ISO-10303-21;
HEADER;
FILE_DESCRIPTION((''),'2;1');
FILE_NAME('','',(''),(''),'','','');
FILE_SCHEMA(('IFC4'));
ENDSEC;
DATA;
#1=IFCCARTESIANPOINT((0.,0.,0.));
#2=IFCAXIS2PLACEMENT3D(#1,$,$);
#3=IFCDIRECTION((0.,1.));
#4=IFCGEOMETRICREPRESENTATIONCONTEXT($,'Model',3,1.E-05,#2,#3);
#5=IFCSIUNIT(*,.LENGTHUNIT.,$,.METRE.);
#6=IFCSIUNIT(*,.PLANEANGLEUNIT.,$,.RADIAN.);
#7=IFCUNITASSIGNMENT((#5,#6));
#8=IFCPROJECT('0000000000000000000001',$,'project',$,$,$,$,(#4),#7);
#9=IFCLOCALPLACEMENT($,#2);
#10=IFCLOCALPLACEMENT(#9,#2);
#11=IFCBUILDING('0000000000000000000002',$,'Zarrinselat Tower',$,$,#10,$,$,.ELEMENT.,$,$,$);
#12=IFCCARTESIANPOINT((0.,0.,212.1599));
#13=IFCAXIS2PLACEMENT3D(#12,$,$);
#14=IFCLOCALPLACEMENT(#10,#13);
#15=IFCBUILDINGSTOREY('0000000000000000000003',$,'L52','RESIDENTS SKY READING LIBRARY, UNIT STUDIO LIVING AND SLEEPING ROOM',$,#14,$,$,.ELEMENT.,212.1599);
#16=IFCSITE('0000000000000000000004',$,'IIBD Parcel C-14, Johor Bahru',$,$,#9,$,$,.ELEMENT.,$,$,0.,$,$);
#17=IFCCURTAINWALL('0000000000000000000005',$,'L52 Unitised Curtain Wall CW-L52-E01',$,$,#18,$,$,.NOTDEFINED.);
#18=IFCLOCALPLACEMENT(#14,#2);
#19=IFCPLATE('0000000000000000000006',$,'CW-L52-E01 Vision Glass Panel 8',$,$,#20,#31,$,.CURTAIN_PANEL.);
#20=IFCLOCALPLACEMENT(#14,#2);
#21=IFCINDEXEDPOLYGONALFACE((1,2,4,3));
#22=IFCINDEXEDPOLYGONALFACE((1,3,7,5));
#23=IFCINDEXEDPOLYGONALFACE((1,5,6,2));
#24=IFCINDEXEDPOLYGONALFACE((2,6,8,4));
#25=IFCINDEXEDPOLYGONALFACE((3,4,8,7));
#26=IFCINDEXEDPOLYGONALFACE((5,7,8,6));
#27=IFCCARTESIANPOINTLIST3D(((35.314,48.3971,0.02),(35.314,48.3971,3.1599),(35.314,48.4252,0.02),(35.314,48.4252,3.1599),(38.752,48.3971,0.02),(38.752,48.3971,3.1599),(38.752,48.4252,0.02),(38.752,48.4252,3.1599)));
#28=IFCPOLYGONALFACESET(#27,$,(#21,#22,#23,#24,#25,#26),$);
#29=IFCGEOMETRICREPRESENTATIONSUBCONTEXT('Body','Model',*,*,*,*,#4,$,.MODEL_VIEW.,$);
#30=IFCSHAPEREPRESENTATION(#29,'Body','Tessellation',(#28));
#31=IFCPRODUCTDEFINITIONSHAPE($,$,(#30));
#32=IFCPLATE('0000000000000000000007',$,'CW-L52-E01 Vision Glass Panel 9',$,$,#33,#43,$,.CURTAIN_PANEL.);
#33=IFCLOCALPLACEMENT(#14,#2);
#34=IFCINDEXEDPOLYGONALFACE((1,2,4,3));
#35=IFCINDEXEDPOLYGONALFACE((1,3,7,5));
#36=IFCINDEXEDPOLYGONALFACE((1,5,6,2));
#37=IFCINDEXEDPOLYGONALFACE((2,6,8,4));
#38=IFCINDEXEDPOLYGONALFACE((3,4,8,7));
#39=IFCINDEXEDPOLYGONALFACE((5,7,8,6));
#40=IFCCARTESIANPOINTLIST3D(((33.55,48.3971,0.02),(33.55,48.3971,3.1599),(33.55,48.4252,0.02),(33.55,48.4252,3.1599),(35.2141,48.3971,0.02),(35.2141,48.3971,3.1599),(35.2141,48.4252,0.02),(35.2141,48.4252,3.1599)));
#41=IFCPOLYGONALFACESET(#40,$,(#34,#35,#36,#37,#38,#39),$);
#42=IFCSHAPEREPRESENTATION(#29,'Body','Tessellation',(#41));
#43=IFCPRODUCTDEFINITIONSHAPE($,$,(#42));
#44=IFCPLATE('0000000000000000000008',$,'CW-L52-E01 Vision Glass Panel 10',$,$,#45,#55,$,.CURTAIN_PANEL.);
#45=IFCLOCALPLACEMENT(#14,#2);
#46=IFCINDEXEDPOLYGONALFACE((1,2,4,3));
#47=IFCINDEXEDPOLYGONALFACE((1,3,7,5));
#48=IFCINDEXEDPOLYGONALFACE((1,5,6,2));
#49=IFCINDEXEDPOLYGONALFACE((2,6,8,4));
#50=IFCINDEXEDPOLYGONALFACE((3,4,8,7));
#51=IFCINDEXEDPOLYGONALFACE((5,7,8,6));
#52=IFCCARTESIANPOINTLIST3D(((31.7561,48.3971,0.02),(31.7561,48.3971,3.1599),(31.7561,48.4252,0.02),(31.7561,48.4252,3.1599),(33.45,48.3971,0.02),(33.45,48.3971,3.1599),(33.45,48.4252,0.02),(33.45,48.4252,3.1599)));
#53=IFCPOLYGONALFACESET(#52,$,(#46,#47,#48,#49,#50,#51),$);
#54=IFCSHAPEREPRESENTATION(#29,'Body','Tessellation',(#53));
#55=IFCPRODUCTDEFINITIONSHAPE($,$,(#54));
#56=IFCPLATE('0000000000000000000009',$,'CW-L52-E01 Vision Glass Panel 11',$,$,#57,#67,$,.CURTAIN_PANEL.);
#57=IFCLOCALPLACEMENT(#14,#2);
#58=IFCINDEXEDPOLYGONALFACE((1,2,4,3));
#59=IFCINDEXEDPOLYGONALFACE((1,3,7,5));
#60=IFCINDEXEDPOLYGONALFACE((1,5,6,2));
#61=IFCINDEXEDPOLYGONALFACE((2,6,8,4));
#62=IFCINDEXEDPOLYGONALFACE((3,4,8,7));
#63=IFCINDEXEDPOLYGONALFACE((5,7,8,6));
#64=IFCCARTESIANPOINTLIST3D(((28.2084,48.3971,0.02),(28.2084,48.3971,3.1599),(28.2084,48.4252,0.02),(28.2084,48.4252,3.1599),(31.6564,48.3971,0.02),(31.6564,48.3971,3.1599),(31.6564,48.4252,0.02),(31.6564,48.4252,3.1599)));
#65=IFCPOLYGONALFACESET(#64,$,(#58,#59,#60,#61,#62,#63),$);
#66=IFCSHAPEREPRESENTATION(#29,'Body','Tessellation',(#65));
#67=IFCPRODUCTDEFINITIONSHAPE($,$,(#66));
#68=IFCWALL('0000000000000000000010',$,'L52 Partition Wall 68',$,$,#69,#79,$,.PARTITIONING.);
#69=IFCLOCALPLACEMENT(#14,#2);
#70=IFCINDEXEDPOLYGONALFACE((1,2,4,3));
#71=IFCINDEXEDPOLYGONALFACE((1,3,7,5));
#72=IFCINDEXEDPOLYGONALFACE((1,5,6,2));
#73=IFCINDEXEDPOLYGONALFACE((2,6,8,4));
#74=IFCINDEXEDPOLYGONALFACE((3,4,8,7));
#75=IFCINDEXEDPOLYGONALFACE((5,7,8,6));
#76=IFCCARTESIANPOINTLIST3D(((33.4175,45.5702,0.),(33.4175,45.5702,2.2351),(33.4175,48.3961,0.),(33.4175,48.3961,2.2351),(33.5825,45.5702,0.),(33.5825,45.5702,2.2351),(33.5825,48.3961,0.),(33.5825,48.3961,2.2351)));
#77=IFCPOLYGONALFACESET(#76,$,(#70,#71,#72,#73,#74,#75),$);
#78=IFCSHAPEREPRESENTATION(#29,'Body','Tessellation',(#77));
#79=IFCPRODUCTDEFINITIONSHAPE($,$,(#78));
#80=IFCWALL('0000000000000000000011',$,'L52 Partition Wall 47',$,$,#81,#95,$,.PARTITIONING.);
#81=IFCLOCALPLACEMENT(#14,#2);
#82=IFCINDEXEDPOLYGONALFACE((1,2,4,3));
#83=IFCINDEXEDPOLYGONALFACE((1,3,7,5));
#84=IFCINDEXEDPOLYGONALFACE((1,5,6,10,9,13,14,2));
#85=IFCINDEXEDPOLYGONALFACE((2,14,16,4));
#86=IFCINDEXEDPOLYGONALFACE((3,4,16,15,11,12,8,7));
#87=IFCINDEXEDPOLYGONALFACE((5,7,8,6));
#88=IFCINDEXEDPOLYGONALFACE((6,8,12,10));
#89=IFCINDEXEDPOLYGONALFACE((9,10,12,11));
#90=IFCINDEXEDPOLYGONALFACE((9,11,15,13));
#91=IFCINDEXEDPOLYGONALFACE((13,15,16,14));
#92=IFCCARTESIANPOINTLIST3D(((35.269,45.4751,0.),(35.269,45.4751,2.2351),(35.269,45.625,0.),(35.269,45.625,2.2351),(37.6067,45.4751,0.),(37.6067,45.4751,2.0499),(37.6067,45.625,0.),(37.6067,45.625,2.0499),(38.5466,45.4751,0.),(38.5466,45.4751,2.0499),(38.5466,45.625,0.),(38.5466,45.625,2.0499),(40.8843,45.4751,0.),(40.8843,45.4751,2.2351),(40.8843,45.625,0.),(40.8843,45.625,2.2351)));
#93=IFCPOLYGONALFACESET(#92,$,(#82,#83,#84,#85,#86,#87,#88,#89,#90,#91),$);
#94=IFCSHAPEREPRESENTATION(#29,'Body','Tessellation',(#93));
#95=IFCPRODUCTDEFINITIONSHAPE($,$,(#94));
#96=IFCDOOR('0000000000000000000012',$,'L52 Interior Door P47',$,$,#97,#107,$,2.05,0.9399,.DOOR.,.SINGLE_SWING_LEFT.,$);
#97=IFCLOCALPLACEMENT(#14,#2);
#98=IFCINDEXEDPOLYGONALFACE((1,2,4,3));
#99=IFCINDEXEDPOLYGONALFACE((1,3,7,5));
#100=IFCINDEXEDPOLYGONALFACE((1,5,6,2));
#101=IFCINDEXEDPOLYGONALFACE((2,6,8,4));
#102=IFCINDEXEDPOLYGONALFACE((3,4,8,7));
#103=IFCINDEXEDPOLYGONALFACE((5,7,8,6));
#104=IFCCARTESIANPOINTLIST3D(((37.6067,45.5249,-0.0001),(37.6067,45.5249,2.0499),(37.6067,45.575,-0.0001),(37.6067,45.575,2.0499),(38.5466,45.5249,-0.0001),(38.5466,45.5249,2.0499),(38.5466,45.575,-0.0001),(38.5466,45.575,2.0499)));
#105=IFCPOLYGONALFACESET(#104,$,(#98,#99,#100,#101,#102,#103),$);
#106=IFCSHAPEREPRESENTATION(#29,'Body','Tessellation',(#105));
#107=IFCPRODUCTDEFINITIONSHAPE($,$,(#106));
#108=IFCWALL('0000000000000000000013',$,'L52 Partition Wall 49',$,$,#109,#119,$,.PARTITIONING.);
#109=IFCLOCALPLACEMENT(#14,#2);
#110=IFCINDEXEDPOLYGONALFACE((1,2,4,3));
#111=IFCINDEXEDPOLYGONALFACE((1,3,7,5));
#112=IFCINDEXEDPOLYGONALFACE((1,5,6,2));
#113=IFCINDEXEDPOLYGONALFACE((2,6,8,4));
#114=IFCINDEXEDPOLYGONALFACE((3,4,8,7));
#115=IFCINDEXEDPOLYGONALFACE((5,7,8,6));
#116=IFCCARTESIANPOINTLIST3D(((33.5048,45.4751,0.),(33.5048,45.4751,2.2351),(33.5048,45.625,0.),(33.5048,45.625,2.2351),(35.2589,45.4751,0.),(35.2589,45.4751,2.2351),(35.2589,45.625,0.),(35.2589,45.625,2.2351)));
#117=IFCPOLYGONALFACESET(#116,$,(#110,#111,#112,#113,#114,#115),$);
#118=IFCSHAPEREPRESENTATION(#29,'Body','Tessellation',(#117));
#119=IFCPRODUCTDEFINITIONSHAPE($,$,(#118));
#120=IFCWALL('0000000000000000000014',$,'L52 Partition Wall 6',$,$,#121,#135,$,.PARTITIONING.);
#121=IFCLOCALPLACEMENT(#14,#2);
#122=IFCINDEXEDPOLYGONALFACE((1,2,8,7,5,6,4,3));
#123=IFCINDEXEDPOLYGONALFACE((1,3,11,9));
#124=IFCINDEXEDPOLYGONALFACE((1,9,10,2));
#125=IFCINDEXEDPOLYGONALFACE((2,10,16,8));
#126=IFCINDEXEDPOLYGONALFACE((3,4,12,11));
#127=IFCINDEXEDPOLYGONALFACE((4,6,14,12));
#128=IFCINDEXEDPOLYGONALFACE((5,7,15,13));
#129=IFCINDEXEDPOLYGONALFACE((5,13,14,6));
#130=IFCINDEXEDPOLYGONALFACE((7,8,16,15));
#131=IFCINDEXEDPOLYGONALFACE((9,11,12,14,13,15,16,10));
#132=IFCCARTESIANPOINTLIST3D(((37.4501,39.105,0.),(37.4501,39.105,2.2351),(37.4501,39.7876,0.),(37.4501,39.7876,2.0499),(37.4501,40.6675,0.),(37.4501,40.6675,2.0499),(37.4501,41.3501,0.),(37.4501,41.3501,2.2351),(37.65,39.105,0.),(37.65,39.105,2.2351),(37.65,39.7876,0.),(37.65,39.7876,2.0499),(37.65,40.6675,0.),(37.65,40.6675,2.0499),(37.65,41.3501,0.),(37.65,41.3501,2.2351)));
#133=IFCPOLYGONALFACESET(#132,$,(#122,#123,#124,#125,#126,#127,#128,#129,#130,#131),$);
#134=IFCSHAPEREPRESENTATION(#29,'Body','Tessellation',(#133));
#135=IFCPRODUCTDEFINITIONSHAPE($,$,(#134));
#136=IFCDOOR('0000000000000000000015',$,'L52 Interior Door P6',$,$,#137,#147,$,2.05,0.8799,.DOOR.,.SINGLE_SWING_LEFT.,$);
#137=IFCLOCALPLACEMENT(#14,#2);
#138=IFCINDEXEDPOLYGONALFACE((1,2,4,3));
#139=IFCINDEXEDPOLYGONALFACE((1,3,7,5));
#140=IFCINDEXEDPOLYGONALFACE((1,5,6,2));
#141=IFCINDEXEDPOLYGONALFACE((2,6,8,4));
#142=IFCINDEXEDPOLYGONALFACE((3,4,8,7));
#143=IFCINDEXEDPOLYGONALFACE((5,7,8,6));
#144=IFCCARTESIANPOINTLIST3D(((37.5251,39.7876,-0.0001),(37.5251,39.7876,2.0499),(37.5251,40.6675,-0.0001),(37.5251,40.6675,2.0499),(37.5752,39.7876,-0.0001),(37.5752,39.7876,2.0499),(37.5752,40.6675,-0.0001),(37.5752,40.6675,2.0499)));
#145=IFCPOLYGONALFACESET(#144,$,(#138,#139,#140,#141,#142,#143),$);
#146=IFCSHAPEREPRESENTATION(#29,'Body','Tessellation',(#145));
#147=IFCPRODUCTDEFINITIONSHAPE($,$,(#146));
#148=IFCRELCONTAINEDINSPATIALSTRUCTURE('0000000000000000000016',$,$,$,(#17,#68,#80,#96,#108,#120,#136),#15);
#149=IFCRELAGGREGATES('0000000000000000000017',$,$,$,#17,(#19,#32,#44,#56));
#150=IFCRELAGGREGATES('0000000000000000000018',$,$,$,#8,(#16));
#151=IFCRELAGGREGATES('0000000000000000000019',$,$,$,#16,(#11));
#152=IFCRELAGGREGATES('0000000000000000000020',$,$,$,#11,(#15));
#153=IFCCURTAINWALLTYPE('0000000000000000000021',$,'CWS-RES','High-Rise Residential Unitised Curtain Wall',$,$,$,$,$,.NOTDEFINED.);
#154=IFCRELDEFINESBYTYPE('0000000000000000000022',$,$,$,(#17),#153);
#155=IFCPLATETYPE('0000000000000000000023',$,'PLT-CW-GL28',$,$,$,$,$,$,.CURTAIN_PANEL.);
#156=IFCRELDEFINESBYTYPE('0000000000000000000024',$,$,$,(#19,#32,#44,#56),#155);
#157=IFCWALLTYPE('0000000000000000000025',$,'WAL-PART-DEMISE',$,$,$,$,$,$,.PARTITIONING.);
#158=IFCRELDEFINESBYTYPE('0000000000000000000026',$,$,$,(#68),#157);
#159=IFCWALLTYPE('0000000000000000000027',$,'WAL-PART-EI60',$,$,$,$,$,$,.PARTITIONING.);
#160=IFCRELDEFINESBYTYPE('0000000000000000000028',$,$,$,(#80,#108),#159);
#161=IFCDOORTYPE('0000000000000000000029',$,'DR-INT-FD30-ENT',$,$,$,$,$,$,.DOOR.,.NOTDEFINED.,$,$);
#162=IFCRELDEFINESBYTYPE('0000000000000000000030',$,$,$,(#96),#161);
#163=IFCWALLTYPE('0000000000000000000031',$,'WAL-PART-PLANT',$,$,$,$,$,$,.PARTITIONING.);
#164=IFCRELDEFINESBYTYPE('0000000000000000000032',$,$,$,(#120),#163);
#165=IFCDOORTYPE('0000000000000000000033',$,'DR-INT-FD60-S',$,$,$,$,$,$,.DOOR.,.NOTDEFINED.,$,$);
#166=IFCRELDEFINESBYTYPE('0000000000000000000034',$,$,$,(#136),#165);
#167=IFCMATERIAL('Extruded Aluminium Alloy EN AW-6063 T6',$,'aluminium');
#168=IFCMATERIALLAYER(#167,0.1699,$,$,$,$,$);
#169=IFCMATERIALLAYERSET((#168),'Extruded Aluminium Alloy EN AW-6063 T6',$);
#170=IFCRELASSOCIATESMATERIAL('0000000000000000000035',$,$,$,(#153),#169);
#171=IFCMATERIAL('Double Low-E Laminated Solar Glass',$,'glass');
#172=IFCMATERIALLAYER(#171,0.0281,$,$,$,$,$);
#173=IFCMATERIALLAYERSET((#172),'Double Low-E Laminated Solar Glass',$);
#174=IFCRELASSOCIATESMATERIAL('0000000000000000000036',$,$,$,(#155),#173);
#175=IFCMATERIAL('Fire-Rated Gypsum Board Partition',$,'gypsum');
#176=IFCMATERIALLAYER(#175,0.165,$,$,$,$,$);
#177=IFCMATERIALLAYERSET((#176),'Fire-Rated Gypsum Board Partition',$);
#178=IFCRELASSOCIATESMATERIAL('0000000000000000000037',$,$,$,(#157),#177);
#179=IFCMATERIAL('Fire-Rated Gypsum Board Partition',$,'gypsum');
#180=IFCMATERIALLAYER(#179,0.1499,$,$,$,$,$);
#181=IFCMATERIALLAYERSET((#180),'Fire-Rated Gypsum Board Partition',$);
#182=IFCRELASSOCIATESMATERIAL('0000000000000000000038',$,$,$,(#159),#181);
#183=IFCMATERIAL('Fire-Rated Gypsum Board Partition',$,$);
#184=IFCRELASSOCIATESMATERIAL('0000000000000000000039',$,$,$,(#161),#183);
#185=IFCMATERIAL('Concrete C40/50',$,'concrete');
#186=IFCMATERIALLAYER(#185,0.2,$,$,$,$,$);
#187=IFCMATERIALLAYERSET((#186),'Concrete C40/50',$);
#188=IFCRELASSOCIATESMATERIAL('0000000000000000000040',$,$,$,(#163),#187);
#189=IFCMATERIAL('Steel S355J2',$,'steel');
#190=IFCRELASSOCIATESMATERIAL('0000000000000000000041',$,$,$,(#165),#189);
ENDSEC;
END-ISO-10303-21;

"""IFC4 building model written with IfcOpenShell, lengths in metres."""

from ifc_helpers import new_model, si_unit, direction, frame, frame_2d, origin, origin_2d, place, context, subcontext, project, spatial, rectangle, extrude, material, layer, layer_set, type_object, element, fill, aggregate, save


model = new_model("IFC4")

# Units and contexts
model_context = context("Model", 3, precision=1e-05, world=origin(), true_north=direction((0.0, 1.0)))
body_context = subcontext(model_context, "Body", "Model", "MODEL_VIEW")
ifc_project = project(units=[si_unit("LENGTHUNIT", "METRE"), si_unit("PLANEANGLEUNIT", "RADIAN")], contexts=[model_context])

# Site, building, storey
site_placement = place(None, origin())
site = spatial("IfcSite", under=ifc_project, at=site_placement, Name="IIBD Parcel C-14, Johor Bahru", CompositionType="ELEMENT", RefElevation=0.0)
building_placement = place(site_placement, origin())
building = spatial("IfcBuilding", under=site, at=building_placement, Name="Zarrinselat Tower", CompositionType="ELEMENT")
storey_placement = place(building_placement, frame((0.0, 0.0, 212.1599)))
storey = spatial("IfcBuildingStorey", under=building, at=storey_placement, Name="L52", Description="RESIDENTS SKY READING LIBRARY, UNIT STUDIO LIVING AND SLEEPING ROOM", CompositionType="ELEMENT", Elevation=212.1599)

# Curtain wall, plates
ifc_material_1 = material(Name="Extruded Aluminium Alloy EN AW-6063 T6", Category="aluminium")
ifc_layer_1 = layer(ifc_material_1, 0.1699)
ifc_layer_set_1 = layer_set([ifc_layer_1], Name="Extruded Aluminium Alloy EN AW-6063 T6")
curtain_wall_type = type_object("IfcCurtainWallType", Name="CWS-RES", Description="High-Rise Residential Unitised Curtain Wall", PredefinedType="NOTDEFINED", material=ifc_layer_set_1)
curtain_wall_placement = place(storey_placement, origin())
curtain_wall = element("IfcCurtainWall", 1, at=curtain_wall_placement, inside=storey, type_object=curtain_wall_type, Name="L52 Unitised Curtain Wall CW-L52-E01", PredefinedType="NOTDEFINED")
ifc_material_2 = material(Name="Double Low-E Laminated Solar Glass", Category="glass")
ifc_layer_2 = layer(ifc_material_2, 0.0281)
ifc_layer_set_2 = layer_set([ifc_layer_2], Name="Double Low-E Laminated Solar Glass")
plate_type = type_object("IfcPlateType", Name="PLT-CW-GL28", PredefinedType="CURTAIN_PANEL", material=ifc_layer_set_2)
plate_1_placement = place(storey_placement, frame((37.033, 48.4111, 0.02), z_axis=(0.0, 0.0, 1.0), x_axis=(-1.0, 0.0, 0.0)))
plate_1 = element("IfcPlate", 2, at=plate_1_placement, type_object=plate_type, Name="CW-L52-E01 Vision Glass Panel 8", PredefinedType="CURTAIN_PANEL", context=body_context, shape_type="SweptSolid", body=[
    extrude(rectangle(XDim=3.438, YDim=0.0281, at=origin_2d()), origin(), (0.0, 0.0, 1.0), 3.1399),
])
plate_2_placement = place(storey_placement, frame((34.3821, 48.4111, 0.02), z_axis=(0.0, 0.0, 1.0), x_axis=(-1.0, 0.0, 0.0)))
plate_2 = element("IfcPlate", 3, at=plate_2_placement, type_object=plate_type, Name="CW-L52-E01 Vision Glass Panel 9", PredefinedType="CURTAIN_PANEL", context=body_context, shape_type="SweptSolid", body=[
    extrude(rectangle(XDim=1.6641, YDim=0.0281, at=origin_2d()), origin(), (0.0, 0.0, 1.0), 3.1399),
])
plate_3_placement = place(storey_placement, frame((32.603, 48.4111, 0.02), z_axis=(0.0, 0.0, 1.0), x_axis=(-1.0, 0.0, 0.0)))
plate_3 = element("IfcPlate", 4, at=plate_3_placement, type_object=plate_type, Name="CW-L52-E01 Vision Glass Panel 10", PredefinedType="CURTAIN_PANEL", context=body_context, shape_type="SweptSolid", body=[
    extrude(rectangle(XDim=1.6938, YDim=0.0281, at=origin_2d()), origin(), (0.0, 0.0, 1.0), 3.1399),
])
plate_4_placement = place(storey_placement, frame((29.9324, 48.4111, 0.02), z_axis=(0.0, 0.0, 1.0), x_axis=(-1.0, 0.0, 0.0)))
plate_4 = element("IfcPlate", 5, at=plate_4_placement, type_object=plate_type, Name="CW-L52-E01 Vision Glass Panel 11", PredefinedType="CURTAIN_PANEL", context=body_context, shape_type="SweptSolid", body=[
    extrude(rectangle(XDim=3.448, YDim=0.0281, at=origin_2d()), origin(), (0.0, 0.0, 1.0), 3.1399),
])
aggregate(curtain_wall, [plate_1, plate_2, plate_3, plate_4])

# Wall
ifc_material_3 = material(Name="Fire-Rated Gypsum Board Partition", Category="gypsum")
ifc_layer_3 = layer(ifc_material_3, 0.165)
ifc_layer_set_3 = layer_set([ifc_layer_3], Name="Fire-Rated Gypsum Board Partition")
wall_type_1 = type_object("IfcWallType", Name="WAL-PART-DEMISE", PredefinedType="PARTITIONING", material=ifc_layer_set_3)
wall_1_placement = place(storey_placement, frame((33.5, 45.5701, 0.0), z_axis=(0.0, 0.0, 1.0), x_axis=(0.0, 1.0, 0.0)))
element("IfcWall", 6, at=wall_1_placement, inside=storey, type_object=wall_type_1, Name="L52 Partition Wall 68", PredefinedType="PARTITIONING", context=body_context, shape_type="SweptSolid", body=[
    extrude(rectangle(XDim=2.8259, YDim=0.165, at=frame_2d((1.4131, 0.0))), origin(), (0.0, 0.0, 1.0), 2.2351),
])

# Wall, opening, door
ifc_material_4 = material(Name="Fire-Rated Gypsum Board Partition", Category="gypsum")
ifc_layer_4 = layer(ifc_material_4, 0.1499)
ifc_layer_set_4 = layer_set([ifc_layer_4], Name="Fire-Rated Gypsum Board Partition")
wall_type_2 = type_object("IfcWallType", Name="WAL-PART-EI60", PredefinedType="PARTITIONING", material=ifc_layer_set_4)
wall_2_placement = place(storey_placement, frame((35.269, 45.55, 0.0), z_axis=(0.0, 0.0, 1.0), x_axis=(1.0, 0.0, 0.0)))
wall_2 = element("IfcWall", 7, at=wall_2_placement, inside=storey, type_object=wall_type_2, Name="L52 Partition Wall 47", PredefinedType="PARTITIONING", context=body_context, shape_type="SweptSolid", body=[
    extrude(rectangle(XDim=5.6152, YDim=0.1499, at=frame_2d((2.8076, 0.0))), origin(), (0.0, 0.0, 1.0), 2.2351),
])
opening_1_placement = place(wall_2_placement, frame((2.3376, 0.0, 0.0)))
opening_1 = element("IfcOpeningElement", 8, at=opening_1_placement, cuts=wall_2, PredefinedType="OPENING", context=body_context, shape_type="SweptSolid", body=[
    extrude(rectangle(XDim=0.9399, YDim=2.05, at=frame_2d((0.47, 1.0249))), frame((0.0, 0.085, 0.0), z_axis=(0.0, -1.0, 0.0), x_axis=(1.0, 0.0, 0.0)), (0.0, 0.0, 1.0), 0.1699),
])
ifc_material_5 = material(Name="Fire-Rated Gypsum Board Partition")
door_type_1 = type_object("IfcDoorType", Name="DR-INT-FD30-ENT", OperationType="NOTDEFINED", PredefinedType="DOOR", material=ifc_material_5)
door_1_placement = place(opening_1_placement, origin())
door_1 = element("IfcDoor", 9, at=door_1_placement, inside=storey, type_object=door_type_1, Name="L52 Interior Door P47", OperationType="SINGLE_SWING_LEFT", OverallHeight=2.05, OverallWidth=0.9399, PredefinedType="DOOR", context=body_context, shape_type="SweptSolid", body=[
    extrude(rectangle(XDim=0.9399, YDim=2.05, at=frame_2d((0.47, 1.0249))), frame((0.0, 0.0249, 0.0), z_axis=(0.0, -1.0, 0.0), x_axis=(1.0, 0.0, 0.0)), (0.0, 0.0, 1.0), 0.05),
])
fill(opening_1, door_1)

# Wall
wall_3_placement = place(storey_placement, frame((33.5049, 45.55, 0.0), z_axis=(0.0, 0.0, 1.0), x_axis=(1.0, 0.0, 0.0)))
element("IfcWall", 10, at=wall_3_placement, inside=storey, type_object=wall_type_2, Name="L52 Partition Wall 49", PredefinedType="PARTITIONING", context=body_context, shape_type="SweptSolid", body=[
    extrude(rectangle(XDim=1.7542, YDim=0.1499, at=frame_2d((0.877, 0.0))), origin(), (0.0, 0.0, 1.0), 2.2351),
])

# Wall, opening, door
ifc_material_6 = material(Name="Concrete C40/50", Category="concrete")
ifc_layer_5 = layer(ifc_material_6, 0.2)
ifc_layer_set_5 = layer_set([ifc_layer_5], Name="Concrete C40/50")
wall_type_3 = type_object("IfcWallType", Name="WAL-PART-PLANT", PredefinedType="PARTITIONING", material=ifc_layer_set_5)
wall_4_placement = place(storey_placement, frame((37.55, 39.105, 0.0), z_axis=(0.0, 0.0, 1.0), x_axis=(0.0, 1.0, 0.0)))
wall_4 = element("IfcWall", 11, at=wall_4_placement, inside=storey, type_object=wall_type_3, Name="L52 Partition Wall 6", PredefinedType="PARTITIONING", context=body_context, shape_type="SweptSolid", body=[
    extrude(rectangle(XDim=2.2451, YDim=0.2, at=frame_2d((1.1226, 0.0))), origin(), (0.0, 0.0, 1.0), 2.2351),
])
opening_2_placement = place(wall_4_placement, frame((0.6826, 0.0, 0.0)))
opening_2 = element("IfcOpeningElement", 12, at=opening_2_placement, cuts=wall_4, PredefinedType="OPENING", context=body_context, shape_type="SweptSolid", body=[
    extrude(rectangle(XDim=0.8799, YDim=2.05, at=frame_2d((0.4399, 1.0249))), frame((0.0, 0.1099, 0.0), z_axis=(0.0, -1.0, 0.0), x_axis=(1.0, 0.0, 0.0)), (0.0, 0.0, 1.0), 0.22),
])
ifc_material_7 = material(Name="Steel S355J2", Category="steel")
door_type_2 = type_object("IfcDoorType", Name="DR-INT-FD60-S", OperationType="NOTDEFINED", PredefinedType="DOOR", material=ifc_material_7)
door_2_placement = place(opening_2_placement, origin())
door_2 = element("IfcDoor", 13, at=door_2_placement, inside=storey, type_object=door_type_2, Name="L52 Interior Door P6", OperationType="SINGLE_SWING_LEFT", OverallHeight=2.05, OverallWidth=0.8799, PredefinedType="DOOR", context=body_context, shape_type="SweptSolid", body=[
    extrude(rectangle(XDim=0.8799, YDim=2.05, at=frame_2d((0.4399, 1.0249))), frame((0.0, 0.0249, 0.0), z_axis=(0.0, -1.0, 0.0), x_axis=(1.0, 0.0, 0.0)), (0.0, 0.0, 1.0), 0.05),
])
fill(opening_2, door_2)

save(model, "model.ifc")
